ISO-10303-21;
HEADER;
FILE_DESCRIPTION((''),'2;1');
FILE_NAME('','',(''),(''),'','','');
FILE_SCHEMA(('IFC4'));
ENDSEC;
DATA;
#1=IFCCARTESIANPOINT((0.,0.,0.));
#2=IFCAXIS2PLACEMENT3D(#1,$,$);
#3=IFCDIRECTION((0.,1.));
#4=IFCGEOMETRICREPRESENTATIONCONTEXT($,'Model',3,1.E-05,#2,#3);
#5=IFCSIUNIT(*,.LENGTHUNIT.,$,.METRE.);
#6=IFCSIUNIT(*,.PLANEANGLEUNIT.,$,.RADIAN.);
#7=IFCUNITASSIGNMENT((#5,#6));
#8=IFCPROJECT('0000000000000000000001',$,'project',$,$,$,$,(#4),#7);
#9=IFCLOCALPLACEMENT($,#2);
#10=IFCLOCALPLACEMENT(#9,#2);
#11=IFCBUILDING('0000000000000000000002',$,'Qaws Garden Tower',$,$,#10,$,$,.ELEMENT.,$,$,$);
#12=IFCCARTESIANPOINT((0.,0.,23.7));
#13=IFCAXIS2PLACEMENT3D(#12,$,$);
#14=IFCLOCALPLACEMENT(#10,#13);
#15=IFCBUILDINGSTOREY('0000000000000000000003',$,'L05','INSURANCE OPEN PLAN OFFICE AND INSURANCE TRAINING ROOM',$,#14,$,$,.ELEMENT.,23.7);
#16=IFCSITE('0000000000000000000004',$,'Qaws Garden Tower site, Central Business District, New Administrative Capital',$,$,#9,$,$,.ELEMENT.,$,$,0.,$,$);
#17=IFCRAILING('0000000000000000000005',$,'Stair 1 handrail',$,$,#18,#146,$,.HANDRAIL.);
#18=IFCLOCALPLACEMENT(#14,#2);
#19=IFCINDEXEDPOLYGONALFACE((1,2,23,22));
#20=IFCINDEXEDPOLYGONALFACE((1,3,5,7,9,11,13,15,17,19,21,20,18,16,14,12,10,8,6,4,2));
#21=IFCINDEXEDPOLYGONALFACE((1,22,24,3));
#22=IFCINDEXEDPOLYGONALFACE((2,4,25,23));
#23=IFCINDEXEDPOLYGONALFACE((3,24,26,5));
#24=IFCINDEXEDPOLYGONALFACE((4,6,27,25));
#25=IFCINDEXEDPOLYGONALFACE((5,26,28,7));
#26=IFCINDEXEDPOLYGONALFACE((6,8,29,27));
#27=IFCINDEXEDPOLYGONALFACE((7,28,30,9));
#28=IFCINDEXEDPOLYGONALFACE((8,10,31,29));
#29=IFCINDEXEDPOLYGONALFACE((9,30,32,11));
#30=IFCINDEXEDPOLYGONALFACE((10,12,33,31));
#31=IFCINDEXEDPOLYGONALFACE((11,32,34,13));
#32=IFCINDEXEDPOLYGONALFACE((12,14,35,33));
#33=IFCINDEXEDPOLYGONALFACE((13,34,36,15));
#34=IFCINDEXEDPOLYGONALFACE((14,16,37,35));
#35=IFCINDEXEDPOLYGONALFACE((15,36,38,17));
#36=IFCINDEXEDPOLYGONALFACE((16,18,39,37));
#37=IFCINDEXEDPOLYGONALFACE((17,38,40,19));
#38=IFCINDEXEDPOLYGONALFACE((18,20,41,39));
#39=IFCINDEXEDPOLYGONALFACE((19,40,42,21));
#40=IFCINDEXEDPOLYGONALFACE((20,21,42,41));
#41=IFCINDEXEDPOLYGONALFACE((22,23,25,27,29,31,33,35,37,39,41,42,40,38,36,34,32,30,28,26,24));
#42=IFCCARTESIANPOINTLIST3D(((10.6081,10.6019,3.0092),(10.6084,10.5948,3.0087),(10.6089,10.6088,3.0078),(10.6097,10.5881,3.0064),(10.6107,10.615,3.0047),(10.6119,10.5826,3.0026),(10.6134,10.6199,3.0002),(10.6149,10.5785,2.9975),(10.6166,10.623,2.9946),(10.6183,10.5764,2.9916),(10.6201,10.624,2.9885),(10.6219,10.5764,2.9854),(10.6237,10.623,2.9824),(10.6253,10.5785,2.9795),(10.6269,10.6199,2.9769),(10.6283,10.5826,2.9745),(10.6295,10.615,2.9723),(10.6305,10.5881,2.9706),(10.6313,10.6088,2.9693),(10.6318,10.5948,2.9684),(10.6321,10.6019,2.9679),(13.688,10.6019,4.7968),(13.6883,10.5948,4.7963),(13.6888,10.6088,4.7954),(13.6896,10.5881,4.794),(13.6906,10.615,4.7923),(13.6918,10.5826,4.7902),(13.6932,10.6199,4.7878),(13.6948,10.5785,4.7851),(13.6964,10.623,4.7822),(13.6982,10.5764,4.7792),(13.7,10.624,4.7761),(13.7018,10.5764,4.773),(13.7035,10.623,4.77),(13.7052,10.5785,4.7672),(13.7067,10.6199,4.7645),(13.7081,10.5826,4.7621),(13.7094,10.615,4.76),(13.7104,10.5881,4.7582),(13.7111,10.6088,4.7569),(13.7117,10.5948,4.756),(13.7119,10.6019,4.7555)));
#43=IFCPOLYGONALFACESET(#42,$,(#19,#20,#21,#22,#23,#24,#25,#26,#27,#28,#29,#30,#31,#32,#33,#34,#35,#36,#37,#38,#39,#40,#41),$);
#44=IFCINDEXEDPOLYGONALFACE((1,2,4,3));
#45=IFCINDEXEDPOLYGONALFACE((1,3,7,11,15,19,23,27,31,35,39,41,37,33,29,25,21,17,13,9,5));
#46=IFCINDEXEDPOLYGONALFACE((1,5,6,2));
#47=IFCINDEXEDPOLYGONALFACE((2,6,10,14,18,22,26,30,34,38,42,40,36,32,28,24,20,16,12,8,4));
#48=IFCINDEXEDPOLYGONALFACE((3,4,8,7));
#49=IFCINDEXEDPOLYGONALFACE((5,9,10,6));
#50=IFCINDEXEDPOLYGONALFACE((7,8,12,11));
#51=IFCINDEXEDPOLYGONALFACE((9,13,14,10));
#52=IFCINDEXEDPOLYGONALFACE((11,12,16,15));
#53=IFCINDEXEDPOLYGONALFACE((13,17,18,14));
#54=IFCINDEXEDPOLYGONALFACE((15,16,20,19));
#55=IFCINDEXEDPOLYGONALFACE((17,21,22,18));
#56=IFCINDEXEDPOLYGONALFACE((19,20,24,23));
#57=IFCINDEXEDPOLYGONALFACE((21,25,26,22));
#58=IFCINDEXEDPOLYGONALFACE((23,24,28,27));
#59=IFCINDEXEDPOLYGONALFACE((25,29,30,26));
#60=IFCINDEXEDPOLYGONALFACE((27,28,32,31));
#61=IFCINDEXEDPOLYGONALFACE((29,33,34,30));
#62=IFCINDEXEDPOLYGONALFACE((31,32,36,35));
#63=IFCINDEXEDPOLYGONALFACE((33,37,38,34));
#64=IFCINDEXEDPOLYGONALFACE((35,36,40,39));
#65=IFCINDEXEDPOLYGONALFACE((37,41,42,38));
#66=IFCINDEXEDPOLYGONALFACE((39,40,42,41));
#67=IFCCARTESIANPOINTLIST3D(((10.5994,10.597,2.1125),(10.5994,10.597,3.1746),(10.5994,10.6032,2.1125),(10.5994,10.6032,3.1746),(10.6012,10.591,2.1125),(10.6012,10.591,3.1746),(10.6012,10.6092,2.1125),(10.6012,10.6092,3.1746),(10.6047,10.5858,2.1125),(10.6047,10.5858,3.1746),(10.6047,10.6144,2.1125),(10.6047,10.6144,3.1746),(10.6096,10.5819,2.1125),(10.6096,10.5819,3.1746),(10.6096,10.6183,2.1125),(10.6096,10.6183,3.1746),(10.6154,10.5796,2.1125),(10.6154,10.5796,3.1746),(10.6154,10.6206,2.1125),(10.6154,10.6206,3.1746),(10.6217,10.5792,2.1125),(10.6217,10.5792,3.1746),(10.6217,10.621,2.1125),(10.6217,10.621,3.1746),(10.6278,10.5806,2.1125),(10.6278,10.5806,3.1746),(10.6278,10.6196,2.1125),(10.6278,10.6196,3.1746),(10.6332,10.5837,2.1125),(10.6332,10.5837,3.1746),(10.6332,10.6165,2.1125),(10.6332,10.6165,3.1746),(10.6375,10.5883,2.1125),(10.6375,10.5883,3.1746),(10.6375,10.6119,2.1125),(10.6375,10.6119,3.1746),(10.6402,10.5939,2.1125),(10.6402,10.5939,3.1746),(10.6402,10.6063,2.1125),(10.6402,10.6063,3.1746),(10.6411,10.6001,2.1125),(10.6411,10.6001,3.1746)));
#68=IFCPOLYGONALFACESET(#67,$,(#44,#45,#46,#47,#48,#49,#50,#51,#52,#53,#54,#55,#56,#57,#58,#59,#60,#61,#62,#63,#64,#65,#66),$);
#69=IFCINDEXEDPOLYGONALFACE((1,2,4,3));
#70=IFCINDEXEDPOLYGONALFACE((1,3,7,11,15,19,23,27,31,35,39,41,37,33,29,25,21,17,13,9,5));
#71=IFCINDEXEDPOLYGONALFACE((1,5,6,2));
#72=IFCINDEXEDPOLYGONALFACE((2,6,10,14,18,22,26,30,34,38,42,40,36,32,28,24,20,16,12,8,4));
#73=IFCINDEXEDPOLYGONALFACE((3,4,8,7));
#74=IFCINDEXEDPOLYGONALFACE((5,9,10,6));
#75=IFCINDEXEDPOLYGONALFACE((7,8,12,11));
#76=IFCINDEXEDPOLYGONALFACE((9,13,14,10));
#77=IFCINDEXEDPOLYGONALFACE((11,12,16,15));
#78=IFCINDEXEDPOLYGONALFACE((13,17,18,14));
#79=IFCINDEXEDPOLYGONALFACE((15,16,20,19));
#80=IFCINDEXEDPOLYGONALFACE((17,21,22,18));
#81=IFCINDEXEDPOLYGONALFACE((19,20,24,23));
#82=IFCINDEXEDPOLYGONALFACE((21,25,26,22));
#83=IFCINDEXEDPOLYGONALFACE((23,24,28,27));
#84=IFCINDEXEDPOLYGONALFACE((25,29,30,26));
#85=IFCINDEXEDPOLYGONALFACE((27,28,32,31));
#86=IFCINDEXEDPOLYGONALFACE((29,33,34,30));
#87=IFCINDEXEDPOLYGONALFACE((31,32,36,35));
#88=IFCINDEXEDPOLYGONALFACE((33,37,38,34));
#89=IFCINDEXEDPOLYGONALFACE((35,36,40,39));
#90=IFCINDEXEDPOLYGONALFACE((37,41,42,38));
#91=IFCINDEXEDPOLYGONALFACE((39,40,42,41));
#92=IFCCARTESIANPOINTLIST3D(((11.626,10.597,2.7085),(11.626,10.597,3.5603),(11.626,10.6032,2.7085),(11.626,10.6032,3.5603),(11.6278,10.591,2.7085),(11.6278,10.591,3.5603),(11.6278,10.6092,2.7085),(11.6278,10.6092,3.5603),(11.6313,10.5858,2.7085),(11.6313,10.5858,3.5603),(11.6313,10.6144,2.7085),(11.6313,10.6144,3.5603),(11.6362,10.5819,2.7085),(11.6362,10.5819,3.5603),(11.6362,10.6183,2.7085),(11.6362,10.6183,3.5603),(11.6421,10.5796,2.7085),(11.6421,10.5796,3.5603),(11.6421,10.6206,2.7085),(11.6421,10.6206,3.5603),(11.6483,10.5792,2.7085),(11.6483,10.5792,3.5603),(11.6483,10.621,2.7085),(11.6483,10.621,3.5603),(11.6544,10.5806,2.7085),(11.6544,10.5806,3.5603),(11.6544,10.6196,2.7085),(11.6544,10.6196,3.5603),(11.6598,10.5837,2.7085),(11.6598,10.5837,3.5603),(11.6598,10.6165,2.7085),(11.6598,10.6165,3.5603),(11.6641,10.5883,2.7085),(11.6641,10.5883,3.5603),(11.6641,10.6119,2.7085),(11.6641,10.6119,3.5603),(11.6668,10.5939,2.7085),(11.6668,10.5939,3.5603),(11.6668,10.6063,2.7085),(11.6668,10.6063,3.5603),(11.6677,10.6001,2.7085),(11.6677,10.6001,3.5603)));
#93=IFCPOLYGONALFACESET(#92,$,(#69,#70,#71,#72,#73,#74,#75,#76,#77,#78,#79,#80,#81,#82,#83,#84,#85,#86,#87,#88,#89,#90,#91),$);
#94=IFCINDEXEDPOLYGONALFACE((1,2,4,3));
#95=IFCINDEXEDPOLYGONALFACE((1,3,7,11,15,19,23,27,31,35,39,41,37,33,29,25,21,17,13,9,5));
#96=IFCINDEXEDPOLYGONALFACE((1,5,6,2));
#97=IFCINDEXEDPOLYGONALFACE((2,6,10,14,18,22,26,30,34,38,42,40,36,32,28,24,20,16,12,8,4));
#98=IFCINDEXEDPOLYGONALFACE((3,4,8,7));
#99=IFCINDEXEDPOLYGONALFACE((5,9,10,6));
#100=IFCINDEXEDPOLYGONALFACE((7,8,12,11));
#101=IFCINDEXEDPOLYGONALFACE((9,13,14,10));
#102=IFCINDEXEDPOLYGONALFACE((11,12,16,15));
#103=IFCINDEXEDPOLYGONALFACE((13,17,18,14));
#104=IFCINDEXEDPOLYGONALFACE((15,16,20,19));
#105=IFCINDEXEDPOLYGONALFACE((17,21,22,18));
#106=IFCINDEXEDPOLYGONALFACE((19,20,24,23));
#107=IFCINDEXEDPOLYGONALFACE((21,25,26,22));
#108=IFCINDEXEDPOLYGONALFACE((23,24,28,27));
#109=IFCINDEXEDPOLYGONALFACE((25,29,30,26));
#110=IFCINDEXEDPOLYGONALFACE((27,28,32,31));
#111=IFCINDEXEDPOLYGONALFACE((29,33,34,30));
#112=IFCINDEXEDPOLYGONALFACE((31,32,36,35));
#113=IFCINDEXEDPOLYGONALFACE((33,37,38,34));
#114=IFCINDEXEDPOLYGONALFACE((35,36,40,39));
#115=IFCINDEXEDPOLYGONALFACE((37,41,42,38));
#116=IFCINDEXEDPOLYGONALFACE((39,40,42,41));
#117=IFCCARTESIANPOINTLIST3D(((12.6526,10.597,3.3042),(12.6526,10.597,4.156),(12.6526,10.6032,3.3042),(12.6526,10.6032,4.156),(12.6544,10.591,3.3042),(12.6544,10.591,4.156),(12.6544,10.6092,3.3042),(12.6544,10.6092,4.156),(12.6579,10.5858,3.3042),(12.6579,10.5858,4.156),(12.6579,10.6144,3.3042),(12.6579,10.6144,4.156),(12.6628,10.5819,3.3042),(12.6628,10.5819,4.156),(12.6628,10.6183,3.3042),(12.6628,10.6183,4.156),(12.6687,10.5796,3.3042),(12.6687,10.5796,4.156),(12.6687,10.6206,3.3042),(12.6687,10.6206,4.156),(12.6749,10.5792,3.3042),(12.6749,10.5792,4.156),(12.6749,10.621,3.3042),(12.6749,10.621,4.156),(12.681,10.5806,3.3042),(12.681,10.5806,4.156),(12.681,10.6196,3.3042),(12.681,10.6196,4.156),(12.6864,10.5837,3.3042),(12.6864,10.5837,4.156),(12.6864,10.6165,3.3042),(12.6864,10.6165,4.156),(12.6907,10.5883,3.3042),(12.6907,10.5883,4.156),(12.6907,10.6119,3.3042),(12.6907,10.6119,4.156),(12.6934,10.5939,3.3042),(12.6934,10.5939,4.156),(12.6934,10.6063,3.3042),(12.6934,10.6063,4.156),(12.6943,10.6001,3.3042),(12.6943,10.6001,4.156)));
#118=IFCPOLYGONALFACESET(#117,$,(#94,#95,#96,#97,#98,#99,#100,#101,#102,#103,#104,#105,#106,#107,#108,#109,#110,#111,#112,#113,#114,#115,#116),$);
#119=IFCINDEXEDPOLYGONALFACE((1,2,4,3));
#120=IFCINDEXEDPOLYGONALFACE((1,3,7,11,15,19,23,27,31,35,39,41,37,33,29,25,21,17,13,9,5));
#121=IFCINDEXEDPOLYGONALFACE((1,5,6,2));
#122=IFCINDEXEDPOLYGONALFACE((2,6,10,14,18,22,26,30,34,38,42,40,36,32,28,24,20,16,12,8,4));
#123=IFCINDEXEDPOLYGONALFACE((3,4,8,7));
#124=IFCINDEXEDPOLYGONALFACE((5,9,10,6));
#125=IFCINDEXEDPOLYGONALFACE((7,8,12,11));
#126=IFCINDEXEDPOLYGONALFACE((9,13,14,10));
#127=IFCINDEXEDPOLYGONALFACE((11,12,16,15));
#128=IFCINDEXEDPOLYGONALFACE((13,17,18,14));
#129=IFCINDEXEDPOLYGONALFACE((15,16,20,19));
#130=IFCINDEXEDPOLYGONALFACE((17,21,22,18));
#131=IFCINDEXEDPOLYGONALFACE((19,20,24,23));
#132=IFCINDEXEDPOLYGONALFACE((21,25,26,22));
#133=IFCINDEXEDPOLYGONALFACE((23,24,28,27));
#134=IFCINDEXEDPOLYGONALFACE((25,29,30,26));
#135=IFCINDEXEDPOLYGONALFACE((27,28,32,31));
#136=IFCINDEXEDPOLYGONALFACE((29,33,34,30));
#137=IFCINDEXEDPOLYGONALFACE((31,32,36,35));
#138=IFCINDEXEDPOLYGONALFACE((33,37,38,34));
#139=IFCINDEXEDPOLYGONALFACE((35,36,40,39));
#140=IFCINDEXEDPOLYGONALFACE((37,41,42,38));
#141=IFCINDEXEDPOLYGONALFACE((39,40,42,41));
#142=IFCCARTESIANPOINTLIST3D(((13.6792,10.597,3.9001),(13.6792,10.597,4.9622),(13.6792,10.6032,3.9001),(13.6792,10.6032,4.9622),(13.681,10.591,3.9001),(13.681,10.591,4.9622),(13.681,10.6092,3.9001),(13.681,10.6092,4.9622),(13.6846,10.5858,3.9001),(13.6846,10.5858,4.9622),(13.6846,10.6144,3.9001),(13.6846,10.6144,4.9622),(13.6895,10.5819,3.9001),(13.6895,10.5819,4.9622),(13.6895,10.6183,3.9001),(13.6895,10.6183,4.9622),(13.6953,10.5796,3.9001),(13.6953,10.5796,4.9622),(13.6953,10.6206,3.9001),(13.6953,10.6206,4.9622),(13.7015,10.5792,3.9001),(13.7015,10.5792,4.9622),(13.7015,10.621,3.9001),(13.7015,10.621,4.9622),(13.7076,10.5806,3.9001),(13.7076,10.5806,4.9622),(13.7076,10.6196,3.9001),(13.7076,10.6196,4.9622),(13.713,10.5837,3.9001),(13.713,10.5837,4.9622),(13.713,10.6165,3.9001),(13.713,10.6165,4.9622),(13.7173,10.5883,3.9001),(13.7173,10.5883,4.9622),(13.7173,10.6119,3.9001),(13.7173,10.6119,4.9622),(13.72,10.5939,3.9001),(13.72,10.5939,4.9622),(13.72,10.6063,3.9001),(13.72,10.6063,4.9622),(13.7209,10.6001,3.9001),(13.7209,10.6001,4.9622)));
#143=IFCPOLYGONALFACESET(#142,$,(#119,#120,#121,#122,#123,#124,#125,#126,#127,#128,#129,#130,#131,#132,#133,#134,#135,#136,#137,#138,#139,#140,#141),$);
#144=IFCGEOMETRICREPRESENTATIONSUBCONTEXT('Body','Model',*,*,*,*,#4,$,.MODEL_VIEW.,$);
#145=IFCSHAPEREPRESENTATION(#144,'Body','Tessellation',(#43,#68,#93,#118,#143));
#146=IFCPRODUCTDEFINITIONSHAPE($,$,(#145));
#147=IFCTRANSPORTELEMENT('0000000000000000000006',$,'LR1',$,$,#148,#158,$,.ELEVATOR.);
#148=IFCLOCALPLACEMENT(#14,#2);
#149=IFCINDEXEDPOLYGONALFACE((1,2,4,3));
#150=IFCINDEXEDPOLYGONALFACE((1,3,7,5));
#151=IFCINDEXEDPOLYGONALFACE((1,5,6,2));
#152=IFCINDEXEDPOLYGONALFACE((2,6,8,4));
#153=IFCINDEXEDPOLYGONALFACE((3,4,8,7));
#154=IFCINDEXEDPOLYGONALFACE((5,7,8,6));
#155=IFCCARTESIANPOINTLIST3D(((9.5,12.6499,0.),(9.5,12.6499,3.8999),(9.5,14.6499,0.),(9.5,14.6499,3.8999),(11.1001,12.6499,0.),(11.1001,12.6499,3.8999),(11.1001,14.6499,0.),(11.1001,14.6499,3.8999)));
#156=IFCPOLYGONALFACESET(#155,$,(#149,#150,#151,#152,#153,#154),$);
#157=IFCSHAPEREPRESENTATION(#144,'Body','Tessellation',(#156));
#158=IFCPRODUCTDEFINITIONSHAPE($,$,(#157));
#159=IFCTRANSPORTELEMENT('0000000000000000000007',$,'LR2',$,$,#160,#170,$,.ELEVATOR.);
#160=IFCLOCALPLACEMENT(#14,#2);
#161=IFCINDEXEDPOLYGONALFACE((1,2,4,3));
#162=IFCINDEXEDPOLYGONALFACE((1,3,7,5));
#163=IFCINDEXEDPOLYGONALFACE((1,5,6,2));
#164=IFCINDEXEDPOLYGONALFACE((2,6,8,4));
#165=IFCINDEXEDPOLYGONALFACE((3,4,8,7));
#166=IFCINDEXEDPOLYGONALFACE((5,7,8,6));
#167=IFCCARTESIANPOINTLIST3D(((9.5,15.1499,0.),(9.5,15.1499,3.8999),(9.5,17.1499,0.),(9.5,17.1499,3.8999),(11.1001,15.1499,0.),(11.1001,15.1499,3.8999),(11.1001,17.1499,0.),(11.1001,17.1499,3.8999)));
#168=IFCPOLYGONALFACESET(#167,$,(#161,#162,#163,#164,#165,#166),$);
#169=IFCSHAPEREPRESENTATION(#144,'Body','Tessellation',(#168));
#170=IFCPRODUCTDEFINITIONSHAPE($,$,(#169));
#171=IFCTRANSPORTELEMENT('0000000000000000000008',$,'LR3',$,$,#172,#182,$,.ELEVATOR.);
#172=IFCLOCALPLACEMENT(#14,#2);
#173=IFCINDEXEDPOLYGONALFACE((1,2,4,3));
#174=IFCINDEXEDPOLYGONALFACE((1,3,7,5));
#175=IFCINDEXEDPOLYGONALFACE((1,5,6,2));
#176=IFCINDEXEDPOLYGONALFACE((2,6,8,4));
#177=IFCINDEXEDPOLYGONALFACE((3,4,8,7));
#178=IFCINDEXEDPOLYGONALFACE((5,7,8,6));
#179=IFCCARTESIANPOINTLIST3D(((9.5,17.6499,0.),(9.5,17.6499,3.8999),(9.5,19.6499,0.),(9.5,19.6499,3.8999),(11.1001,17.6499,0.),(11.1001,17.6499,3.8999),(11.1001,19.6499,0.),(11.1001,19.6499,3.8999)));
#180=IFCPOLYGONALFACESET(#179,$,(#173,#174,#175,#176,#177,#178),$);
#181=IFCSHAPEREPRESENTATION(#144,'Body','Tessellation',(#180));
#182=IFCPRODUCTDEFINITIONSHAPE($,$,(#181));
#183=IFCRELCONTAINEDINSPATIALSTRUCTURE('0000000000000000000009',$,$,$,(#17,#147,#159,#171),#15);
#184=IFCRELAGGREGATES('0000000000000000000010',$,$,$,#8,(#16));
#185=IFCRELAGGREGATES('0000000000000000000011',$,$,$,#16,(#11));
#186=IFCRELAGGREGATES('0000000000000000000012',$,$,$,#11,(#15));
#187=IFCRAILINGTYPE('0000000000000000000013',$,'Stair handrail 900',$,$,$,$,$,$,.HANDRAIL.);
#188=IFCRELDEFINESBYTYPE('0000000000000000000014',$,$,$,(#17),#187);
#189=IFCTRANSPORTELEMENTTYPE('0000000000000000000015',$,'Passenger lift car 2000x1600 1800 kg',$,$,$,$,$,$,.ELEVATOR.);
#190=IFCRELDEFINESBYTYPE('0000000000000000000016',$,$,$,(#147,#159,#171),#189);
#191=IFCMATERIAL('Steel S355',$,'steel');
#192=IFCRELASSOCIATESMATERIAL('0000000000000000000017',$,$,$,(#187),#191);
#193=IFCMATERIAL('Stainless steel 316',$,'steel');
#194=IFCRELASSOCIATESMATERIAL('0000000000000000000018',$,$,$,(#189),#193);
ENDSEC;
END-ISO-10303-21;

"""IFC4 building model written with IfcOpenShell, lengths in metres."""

from ifc_helpers import new_model, si_unit, direction, frame, origin, origin_2d, place, context, subcontext, project, spatial, rectangle, circle, extrude, material, type_object, element, save


model = new_model("IFC4")

# Units and contexts
model_context = context("Model", 3, precision=1e-05, world=origin(), true_north=direction((0.0, 1.0)))
body_context = subcontext(model_context, "Body", "Model", "MODEL_VIEW")
ifc_project = project(units=[si_unit("LENGTHUNIT", "METRE"), si_unit("PLANEANGLEUNIT", "RADIAN")], contexts=[model_context])

# Site, building, storey
site_placement = place(None, origin())
site = spatial("IfcSite", under=ifc_project, at=site_placement, Name="Qaws Garden Tower site, Central Business District, New Administrative Capital", CompositionType="ELEMENT", RefElevation=0.0)
building_placement = place(site_placement, origin())
building = spatial("IfcBuilding", under=site, at=building_placement, Name="Qaws Garden Tower", CompositionType="ELEMENT")
storey_placement = place(building_placement, frame((0.0, 0.0, 23.7)))
storey = spatial("IfcBuildingStorey", under=building, at=storey_placement, Name="L05", Description="INSURANCE OPEN PLAN OFFICE AND INSURANCE TRAINING ROOM", CompositionType="ELEMENT", Elevation=23.7)

# Railing
ifc_material_1 = material(Name="Steel S355", Category="steel")
railing_type = type_object("IfcRailingType", Name="Stair handrail 900", PredefinedType="HANDRAIL", material=ifc_material_1)
railing_1_placement = place(storey_placement, frame((10.6201, 10.6001, 2.1125)))
element("IfcRailing", 1, at=railing_1_placement, inside=storey, type_object=railing_type, Name="Stair 1 handrail", PredefinedType="HANDRAIL", context=body_context, shape_type="SweptSolid", body=[
    extrude(circle(Radius=0.0239, at=origin_2d()), frame((0.0, 0.0, 0.876), z_axis=(0.864873, 0.0, 0.50199), x_axis=(0.0, 1.0, 0.0)), (0.0, 0.0, 1.0), 3.561),
    extrude(circle(Radius=0.021, at=origin_2d()), origin(), (0.0, 0.0, 1.0), 1.062),
    extrude(circle(Radius=0.021, at=origin_2d()), frame((1.0266, 0.0, 0.5959)), (0.0, 0.0, 1.0), 0.8518),
    extrude(circle(Radius=0.021, at=origin_2d()), frame((2.0532, 0.0, 1.1917)), (0.0, 0.0, 1.0), 0.8518),
    extrude(circle(Radius=0.021, at=origin_2d()), frame((3.0798, 0.0, 1.7876)), (0.0, 0.0, 1.0), 1.062),
])

# Transport elements
ifc_material_2 = material(Name="Stainless steel 316", Category="steel")
transport_element_type = type_object("IfcTransportElementType", Name="Passenger lift car 2000x1600 1800 kg", PredefinedType="ELEVATOR", material=ifc_material_2)
for number, where, z_axis, x_axis, name in (
    (2, (10.3, 13.6499, 0.0), (0.0, 0.0, 1.0), (1.0, 0.0, 0.0), "LR1"),
    (3, (10.3, 16.1499, 0.0), (0.0, 0.0, 1.0), (1.0, 0.0, 0.0), "LR2"),
    (4, (10.3, 18.6499, 0.0), (0.0, 0.0, 1.0), (1.0, 0.0, 0.0), "LR3"),
):
    element("IfcTransportElement", number, at=place(storey_placement, frame(where, z_axis=z_axis, x_axis=x_axis)), inside=storey, type_object=transport_element_type, Name=name, PredefinedType="ELEVATOR", context=body_context, shape_type="SweptSolid", body=[
        extrude(rectangle(XDim=1.6001, YDim=2.0, at=origin_2d()), origin(), (0.0, 0.0, 1.0), 3.8999),
    ])

save(model, "model.ifc")
